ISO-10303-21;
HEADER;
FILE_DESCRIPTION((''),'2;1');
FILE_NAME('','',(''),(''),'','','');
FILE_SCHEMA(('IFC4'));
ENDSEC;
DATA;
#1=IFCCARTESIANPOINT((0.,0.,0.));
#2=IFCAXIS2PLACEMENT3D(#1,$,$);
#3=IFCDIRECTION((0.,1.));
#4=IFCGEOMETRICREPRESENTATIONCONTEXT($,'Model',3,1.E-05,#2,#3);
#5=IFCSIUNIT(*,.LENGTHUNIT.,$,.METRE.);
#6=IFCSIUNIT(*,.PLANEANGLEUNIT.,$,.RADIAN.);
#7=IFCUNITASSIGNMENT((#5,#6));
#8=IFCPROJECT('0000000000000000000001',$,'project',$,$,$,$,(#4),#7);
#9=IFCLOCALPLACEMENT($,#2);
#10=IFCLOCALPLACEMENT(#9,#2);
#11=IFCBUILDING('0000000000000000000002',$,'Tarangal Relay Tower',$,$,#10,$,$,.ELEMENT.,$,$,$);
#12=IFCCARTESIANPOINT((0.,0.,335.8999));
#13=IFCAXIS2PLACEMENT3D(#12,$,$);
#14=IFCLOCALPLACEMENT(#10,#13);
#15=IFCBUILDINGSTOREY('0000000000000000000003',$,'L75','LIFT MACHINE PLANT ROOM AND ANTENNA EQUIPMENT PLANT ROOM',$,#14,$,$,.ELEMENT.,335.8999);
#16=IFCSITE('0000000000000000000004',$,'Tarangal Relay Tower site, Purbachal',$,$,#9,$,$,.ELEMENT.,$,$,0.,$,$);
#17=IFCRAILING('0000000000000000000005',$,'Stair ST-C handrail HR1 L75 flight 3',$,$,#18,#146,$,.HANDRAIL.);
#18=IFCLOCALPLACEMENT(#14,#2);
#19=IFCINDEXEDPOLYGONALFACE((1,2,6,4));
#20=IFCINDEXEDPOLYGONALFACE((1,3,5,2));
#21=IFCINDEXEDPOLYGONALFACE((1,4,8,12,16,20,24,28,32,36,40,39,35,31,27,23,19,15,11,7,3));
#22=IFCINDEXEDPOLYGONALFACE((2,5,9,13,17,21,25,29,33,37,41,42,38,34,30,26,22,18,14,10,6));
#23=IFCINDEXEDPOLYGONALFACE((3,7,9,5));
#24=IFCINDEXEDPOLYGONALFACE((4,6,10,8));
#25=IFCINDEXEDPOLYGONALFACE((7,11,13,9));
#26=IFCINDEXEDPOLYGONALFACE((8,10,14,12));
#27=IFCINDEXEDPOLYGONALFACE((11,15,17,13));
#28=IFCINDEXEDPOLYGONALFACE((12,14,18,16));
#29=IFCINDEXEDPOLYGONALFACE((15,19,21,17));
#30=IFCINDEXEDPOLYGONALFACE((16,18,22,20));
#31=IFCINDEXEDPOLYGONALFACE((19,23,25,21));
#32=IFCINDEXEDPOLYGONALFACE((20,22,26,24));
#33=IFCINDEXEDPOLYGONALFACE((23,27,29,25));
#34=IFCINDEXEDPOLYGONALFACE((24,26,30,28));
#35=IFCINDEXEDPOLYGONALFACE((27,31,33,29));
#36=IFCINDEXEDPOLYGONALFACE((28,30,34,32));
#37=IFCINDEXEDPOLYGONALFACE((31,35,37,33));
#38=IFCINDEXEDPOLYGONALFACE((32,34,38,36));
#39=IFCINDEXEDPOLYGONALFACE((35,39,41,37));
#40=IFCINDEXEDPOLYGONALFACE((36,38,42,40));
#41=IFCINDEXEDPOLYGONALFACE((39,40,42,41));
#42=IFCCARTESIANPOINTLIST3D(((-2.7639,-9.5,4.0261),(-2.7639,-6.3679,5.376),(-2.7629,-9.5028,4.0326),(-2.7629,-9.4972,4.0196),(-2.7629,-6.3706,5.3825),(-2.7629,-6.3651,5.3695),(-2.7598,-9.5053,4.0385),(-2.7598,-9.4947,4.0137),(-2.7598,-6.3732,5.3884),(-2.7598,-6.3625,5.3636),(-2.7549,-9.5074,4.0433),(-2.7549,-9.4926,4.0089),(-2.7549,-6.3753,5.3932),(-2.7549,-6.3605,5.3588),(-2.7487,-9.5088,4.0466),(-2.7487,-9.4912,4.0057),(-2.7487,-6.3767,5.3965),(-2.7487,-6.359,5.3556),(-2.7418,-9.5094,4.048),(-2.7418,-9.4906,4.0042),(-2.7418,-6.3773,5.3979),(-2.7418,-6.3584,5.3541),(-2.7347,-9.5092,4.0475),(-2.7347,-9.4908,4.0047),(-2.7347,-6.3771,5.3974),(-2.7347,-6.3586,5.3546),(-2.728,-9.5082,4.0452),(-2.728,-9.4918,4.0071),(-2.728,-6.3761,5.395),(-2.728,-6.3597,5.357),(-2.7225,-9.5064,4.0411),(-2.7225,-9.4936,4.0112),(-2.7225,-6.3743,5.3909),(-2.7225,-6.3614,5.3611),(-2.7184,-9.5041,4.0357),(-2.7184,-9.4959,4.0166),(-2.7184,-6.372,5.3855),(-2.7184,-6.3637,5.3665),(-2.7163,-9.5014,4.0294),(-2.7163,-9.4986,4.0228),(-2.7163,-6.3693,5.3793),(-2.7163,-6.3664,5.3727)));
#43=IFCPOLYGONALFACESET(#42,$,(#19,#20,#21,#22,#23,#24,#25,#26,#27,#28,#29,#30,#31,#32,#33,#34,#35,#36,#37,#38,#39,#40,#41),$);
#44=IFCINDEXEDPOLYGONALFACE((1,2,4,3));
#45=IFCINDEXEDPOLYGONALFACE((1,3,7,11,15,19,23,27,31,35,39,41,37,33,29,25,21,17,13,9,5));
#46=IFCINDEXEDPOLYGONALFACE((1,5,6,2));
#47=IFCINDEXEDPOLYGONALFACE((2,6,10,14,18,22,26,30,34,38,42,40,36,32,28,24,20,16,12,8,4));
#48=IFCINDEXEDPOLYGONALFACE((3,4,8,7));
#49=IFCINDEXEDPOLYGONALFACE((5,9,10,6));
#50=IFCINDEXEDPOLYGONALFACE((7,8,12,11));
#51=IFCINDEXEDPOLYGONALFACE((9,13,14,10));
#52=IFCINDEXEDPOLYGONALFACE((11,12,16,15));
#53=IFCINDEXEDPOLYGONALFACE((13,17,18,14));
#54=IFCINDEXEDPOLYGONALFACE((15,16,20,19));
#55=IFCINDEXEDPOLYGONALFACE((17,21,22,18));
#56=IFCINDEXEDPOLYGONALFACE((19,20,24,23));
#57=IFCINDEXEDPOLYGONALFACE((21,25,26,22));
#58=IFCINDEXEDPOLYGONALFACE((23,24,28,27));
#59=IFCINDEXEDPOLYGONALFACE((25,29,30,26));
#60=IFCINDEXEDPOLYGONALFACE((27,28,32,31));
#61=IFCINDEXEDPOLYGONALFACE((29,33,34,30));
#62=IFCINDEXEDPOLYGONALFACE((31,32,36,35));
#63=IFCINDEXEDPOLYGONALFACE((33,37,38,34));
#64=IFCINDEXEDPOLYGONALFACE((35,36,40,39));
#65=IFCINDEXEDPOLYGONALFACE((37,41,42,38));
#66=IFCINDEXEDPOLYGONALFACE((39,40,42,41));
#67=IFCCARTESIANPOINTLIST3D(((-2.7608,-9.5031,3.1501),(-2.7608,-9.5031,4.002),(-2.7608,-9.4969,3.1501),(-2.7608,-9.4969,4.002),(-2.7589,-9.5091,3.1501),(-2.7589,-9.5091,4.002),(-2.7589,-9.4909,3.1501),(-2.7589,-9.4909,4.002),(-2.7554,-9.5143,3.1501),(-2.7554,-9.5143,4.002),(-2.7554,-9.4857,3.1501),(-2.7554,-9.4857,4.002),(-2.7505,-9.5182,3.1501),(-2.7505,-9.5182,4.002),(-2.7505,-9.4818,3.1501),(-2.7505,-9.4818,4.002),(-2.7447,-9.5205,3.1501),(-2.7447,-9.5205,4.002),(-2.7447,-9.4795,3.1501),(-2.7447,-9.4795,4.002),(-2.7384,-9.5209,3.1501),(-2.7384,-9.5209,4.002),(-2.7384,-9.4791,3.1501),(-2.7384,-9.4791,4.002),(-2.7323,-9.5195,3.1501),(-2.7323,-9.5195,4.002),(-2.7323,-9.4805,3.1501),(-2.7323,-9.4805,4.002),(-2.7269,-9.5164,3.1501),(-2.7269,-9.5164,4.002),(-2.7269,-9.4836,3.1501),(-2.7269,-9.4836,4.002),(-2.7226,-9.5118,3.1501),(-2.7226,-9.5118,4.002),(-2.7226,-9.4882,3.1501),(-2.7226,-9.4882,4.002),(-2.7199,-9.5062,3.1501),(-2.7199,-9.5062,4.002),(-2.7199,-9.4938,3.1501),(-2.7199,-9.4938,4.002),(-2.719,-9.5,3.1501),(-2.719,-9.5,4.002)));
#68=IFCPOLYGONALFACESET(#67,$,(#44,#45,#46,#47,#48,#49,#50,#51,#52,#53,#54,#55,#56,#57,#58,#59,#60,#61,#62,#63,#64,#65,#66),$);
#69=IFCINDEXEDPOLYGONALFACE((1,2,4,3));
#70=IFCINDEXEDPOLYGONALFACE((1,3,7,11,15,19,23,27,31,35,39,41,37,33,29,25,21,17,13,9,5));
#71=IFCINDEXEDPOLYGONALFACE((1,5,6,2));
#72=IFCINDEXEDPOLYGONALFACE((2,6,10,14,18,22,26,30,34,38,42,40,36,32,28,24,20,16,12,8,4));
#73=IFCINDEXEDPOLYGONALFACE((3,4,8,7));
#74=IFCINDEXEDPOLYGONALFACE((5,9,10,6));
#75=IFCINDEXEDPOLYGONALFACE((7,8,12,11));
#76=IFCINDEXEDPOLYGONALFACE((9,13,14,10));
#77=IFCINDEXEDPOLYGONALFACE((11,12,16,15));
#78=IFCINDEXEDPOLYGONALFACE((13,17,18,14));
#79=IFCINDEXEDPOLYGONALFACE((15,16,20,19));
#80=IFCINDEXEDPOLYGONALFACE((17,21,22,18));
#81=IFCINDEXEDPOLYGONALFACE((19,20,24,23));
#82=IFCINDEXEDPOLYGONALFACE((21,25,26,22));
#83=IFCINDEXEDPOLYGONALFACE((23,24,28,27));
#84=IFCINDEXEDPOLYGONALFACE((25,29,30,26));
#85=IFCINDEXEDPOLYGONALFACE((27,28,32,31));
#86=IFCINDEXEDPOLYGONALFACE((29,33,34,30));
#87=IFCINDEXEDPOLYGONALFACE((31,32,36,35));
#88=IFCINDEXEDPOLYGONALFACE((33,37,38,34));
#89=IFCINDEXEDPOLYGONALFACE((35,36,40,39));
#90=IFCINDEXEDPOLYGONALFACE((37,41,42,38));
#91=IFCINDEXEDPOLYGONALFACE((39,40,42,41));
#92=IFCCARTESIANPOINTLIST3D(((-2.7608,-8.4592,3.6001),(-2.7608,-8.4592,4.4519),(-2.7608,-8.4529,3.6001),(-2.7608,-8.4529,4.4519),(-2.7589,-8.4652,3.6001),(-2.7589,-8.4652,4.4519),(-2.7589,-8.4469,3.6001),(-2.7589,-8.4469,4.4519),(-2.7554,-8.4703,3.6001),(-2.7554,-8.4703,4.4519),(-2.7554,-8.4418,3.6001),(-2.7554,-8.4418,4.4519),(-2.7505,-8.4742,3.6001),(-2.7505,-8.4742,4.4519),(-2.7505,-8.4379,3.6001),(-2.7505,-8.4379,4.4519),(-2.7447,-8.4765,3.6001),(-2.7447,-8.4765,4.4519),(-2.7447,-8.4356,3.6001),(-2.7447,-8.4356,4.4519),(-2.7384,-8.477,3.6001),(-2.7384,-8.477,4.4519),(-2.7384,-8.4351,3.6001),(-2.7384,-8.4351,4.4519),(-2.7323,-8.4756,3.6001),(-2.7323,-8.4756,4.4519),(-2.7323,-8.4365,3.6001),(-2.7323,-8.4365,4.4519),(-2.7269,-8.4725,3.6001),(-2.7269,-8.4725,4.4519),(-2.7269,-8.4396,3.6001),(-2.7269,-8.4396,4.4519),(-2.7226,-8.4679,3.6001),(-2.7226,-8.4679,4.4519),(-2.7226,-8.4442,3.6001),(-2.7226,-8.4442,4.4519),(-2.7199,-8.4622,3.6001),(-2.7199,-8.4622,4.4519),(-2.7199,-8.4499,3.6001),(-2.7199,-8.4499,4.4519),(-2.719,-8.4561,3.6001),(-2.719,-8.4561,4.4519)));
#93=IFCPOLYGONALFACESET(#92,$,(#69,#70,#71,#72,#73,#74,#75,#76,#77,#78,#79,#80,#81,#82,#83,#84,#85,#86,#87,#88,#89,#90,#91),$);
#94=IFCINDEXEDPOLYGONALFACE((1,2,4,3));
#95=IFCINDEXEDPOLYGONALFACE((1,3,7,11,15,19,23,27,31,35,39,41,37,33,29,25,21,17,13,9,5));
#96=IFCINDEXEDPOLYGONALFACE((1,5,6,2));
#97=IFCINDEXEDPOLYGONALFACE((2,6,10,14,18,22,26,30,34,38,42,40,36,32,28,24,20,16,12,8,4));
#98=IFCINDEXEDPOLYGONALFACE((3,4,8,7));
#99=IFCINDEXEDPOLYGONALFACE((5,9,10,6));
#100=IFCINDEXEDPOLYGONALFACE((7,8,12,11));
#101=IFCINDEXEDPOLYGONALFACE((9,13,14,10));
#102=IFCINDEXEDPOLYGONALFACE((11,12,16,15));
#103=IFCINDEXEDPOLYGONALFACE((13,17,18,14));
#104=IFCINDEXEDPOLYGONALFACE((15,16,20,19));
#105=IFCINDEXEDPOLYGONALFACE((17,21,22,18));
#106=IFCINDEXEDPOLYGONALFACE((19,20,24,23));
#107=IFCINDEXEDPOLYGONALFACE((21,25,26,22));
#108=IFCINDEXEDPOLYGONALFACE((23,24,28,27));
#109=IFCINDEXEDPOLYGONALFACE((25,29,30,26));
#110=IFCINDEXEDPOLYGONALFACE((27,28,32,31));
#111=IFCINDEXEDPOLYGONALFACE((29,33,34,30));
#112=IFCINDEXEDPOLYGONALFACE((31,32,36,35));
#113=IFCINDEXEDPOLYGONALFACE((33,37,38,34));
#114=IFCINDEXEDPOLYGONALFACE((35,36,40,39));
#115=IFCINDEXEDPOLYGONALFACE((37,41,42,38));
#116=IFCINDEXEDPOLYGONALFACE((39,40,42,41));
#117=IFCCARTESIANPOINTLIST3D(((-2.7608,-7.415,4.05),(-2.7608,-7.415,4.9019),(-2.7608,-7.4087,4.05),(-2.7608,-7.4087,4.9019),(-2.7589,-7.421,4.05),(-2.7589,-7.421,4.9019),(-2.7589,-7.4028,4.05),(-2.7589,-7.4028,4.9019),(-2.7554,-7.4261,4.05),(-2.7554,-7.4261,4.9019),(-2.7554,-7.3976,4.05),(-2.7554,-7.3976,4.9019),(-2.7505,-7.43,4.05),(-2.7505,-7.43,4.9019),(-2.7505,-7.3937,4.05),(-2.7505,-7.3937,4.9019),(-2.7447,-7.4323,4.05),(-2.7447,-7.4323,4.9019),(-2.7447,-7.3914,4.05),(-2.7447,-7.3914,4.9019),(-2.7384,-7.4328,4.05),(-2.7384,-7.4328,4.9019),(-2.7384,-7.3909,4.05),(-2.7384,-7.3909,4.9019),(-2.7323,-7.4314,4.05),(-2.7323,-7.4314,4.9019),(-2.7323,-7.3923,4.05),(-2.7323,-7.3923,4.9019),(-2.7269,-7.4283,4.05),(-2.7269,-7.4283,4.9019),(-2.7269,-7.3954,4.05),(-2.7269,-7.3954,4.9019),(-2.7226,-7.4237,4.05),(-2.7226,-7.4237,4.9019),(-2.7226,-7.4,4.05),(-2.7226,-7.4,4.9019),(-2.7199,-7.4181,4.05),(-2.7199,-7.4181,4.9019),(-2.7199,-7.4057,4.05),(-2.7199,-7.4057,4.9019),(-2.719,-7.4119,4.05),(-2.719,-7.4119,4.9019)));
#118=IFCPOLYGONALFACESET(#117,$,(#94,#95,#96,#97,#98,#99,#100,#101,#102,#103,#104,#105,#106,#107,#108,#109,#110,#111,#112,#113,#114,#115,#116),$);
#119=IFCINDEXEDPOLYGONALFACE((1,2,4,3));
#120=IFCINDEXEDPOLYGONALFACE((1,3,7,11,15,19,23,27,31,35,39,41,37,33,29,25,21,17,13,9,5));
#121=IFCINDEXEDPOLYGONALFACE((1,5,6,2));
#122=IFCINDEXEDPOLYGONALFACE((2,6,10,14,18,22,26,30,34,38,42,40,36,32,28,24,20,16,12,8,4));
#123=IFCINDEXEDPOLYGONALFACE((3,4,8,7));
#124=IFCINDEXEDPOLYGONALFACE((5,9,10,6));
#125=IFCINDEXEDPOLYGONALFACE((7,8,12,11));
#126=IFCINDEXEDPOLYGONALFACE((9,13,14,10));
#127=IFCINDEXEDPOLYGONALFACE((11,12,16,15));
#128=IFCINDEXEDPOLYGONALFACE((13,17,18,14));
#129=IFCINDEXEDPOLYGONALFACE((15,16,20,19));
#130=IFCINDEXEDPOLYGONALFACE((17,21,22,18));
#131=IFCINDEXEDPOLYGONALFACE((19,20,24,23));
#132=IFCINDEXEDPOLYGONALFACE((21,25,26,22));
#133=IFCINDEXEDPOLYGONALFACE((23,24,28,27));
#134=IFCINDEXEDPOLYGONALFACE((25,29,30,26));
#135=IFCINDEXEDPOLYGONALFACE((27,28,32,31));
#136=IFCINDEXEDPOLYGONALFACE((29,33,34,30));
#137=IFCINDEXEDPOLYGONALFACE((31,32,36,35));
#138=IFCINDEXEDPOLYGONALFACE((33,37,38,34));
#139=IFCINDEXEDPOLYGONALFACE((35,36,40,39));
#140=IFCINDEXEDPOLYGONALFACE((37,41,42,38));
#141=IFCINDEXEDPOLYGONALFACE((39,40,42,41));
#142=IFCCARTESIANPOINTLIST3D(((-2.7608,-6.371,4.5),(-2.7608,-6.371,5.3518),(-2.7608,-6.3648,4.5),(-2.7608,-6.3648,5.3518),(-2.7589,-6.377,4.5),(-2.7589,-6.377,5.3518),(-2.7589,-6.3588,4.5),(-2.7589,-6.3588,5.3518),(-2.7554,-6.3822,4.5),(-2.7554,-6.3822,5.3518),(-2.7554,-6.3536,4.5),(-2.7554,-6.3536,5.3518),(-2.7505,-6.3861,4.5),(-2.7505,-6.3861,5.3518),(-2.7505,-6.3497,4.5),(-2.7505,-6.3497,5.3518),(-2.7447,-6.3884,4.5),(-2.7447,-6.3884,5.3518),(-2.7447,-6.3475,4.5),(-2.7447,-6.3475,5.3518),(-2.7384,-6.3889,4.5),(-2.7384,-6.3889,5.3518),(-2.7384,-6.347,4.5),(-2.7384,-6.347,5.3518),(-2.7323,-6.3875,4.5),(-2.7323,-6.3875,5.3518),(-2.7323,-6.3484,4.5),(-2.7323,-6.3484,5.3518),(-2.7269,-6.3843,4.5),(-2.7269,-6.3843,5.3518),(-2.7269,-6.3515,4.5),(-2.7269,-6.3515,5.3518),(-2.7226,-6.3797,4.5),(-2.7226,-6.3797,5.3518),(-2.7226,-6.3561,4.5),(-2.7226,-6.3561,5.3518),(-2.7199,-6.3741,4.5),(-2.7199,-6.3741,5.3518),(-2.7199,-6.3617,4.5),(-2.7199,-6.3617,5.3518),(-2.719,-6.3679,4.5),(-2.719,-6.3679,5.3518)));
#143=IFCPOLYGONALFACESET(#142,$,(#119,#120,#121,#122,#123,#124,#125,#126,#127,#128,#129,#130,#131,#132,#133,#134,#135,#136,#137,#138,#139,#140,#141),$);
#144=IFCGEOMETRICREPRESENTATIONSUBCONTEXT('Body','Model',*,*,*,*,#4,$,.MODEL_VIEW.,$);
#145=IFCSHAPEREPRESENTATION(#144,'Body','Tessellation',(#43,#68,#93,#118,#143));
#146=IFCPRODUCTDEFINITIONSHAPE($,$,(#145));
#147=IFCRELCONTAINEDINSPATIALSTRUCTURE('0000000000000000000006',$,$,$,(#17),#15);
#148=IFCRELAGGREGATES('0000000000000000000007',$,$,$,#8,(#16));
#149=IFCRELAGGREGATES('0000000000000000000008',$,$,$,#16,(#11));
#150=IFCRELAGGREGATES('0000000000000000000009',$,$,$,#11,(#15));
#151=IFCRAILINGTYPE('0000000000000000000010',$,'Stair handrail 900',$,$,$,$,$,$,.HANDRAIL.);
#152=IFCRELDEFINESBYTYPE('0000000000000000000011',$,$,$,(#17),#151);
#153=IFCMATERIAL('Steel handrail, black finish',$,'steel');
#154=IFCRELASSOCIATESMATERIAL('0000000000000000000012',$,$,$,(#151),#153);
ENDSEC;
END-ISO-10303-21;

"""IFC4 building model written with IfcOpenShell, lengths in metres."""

from ifc_helpers import new_model, si_unit, direction, frame, origin, origin_2d, place, context, subcontext, project, spatial, circle, extrude, material, type_object, element, save


model = new_model("IFC4")

# Units and contexts
model_context = context("Model", 3, precision=1e-05, world=origin(), true_north=direction((0.0, 1.0)))
body_context = subcontext(model_context, "Body", "Model", "MODEL_VIEW")
ifc_project = project(units=[si_unit("LENGTHUNIT", "METRE"), si_unit("PLANEANGLEUNIT", "RADIAN")], contexts=[model_context])

# Site, building, storey
site_placement = place(None, origin())
site = spatial("IfcSite", under=ifc_project, at=site_placement, Name="Tarangal Relay Tower site, Purbachal", CompositionType="ELEMENT", RefElevation=0.0)
building_placement = place(site_placement, origin())
building = spatial("IfcBuilding", under=site, at=building_placement, Name="Tarangal Relay Tower", CompositionType="ELEMENT")
storey_placement = place(building_placement, frame((0.0, 0.0, 335.8999)))
storey = spatial("IfcBuildingStorey", under=building, at=storey_placement, Name="L75", Description="LIFT MACHINE PLANT ROOM AND ANTENNA EQUIPMENT PLANT ROOM", CompositionType="ELEMENT", Elevation=335.8999)

# Railing
ifc_material_1 = material(Name="Steel handrail, black finish", Category="steel")
railing_type_1 = type_object("IfcRailingType", Name="Stair handrail 900", PredefinedType="HANDRAIL", material=ifc_material_1)
railing_placement = place(storey_placement, frame((-2.74, -9.5, 3.1501)))
element("IfcRailing", 1, at=railing_placement, inside=storey, type_object=railing_type_1, Name="Stair ST-C handrail HR1 L75 flight 3", PredefinedType="HANDRAIL", context=body_context, shape_type="SweptSolid", body=[
    extrude(circle(Radius=0.0239, at=origin_2d()), frame((0.0, 0.0, 0.876), z_axis=(0.0, 0.918343, 0.395785), x_axis=(-1.0, 0.0, 0.0)), (0.0, 0.0, 1.0), 3.4106),
    extrude(circle(Radius=0.021, at=origin_2d()), origin(), (0.0, 0.0, 1.0), 0.8518),
    extrude(circle(Radius=0.021, at=origin_2d()), frame((0.0, 1.0439, 0.45)), (0.0, 0.0, 1.0), 0.8518),
    extrude(circle(Radius=0.021, at=origin_2d()), frame((0.0, 2.0881, 0.8999)), (0.0, 0.0, 1.0), 0.8518),
    extrude(circle(Radius=0.021, at=origin_2d()), frame((0.0, 3.1321, 1.3499)), (0.0, 0.0, 1.0), 0.8518),
])

save(model, "model.ifc")
